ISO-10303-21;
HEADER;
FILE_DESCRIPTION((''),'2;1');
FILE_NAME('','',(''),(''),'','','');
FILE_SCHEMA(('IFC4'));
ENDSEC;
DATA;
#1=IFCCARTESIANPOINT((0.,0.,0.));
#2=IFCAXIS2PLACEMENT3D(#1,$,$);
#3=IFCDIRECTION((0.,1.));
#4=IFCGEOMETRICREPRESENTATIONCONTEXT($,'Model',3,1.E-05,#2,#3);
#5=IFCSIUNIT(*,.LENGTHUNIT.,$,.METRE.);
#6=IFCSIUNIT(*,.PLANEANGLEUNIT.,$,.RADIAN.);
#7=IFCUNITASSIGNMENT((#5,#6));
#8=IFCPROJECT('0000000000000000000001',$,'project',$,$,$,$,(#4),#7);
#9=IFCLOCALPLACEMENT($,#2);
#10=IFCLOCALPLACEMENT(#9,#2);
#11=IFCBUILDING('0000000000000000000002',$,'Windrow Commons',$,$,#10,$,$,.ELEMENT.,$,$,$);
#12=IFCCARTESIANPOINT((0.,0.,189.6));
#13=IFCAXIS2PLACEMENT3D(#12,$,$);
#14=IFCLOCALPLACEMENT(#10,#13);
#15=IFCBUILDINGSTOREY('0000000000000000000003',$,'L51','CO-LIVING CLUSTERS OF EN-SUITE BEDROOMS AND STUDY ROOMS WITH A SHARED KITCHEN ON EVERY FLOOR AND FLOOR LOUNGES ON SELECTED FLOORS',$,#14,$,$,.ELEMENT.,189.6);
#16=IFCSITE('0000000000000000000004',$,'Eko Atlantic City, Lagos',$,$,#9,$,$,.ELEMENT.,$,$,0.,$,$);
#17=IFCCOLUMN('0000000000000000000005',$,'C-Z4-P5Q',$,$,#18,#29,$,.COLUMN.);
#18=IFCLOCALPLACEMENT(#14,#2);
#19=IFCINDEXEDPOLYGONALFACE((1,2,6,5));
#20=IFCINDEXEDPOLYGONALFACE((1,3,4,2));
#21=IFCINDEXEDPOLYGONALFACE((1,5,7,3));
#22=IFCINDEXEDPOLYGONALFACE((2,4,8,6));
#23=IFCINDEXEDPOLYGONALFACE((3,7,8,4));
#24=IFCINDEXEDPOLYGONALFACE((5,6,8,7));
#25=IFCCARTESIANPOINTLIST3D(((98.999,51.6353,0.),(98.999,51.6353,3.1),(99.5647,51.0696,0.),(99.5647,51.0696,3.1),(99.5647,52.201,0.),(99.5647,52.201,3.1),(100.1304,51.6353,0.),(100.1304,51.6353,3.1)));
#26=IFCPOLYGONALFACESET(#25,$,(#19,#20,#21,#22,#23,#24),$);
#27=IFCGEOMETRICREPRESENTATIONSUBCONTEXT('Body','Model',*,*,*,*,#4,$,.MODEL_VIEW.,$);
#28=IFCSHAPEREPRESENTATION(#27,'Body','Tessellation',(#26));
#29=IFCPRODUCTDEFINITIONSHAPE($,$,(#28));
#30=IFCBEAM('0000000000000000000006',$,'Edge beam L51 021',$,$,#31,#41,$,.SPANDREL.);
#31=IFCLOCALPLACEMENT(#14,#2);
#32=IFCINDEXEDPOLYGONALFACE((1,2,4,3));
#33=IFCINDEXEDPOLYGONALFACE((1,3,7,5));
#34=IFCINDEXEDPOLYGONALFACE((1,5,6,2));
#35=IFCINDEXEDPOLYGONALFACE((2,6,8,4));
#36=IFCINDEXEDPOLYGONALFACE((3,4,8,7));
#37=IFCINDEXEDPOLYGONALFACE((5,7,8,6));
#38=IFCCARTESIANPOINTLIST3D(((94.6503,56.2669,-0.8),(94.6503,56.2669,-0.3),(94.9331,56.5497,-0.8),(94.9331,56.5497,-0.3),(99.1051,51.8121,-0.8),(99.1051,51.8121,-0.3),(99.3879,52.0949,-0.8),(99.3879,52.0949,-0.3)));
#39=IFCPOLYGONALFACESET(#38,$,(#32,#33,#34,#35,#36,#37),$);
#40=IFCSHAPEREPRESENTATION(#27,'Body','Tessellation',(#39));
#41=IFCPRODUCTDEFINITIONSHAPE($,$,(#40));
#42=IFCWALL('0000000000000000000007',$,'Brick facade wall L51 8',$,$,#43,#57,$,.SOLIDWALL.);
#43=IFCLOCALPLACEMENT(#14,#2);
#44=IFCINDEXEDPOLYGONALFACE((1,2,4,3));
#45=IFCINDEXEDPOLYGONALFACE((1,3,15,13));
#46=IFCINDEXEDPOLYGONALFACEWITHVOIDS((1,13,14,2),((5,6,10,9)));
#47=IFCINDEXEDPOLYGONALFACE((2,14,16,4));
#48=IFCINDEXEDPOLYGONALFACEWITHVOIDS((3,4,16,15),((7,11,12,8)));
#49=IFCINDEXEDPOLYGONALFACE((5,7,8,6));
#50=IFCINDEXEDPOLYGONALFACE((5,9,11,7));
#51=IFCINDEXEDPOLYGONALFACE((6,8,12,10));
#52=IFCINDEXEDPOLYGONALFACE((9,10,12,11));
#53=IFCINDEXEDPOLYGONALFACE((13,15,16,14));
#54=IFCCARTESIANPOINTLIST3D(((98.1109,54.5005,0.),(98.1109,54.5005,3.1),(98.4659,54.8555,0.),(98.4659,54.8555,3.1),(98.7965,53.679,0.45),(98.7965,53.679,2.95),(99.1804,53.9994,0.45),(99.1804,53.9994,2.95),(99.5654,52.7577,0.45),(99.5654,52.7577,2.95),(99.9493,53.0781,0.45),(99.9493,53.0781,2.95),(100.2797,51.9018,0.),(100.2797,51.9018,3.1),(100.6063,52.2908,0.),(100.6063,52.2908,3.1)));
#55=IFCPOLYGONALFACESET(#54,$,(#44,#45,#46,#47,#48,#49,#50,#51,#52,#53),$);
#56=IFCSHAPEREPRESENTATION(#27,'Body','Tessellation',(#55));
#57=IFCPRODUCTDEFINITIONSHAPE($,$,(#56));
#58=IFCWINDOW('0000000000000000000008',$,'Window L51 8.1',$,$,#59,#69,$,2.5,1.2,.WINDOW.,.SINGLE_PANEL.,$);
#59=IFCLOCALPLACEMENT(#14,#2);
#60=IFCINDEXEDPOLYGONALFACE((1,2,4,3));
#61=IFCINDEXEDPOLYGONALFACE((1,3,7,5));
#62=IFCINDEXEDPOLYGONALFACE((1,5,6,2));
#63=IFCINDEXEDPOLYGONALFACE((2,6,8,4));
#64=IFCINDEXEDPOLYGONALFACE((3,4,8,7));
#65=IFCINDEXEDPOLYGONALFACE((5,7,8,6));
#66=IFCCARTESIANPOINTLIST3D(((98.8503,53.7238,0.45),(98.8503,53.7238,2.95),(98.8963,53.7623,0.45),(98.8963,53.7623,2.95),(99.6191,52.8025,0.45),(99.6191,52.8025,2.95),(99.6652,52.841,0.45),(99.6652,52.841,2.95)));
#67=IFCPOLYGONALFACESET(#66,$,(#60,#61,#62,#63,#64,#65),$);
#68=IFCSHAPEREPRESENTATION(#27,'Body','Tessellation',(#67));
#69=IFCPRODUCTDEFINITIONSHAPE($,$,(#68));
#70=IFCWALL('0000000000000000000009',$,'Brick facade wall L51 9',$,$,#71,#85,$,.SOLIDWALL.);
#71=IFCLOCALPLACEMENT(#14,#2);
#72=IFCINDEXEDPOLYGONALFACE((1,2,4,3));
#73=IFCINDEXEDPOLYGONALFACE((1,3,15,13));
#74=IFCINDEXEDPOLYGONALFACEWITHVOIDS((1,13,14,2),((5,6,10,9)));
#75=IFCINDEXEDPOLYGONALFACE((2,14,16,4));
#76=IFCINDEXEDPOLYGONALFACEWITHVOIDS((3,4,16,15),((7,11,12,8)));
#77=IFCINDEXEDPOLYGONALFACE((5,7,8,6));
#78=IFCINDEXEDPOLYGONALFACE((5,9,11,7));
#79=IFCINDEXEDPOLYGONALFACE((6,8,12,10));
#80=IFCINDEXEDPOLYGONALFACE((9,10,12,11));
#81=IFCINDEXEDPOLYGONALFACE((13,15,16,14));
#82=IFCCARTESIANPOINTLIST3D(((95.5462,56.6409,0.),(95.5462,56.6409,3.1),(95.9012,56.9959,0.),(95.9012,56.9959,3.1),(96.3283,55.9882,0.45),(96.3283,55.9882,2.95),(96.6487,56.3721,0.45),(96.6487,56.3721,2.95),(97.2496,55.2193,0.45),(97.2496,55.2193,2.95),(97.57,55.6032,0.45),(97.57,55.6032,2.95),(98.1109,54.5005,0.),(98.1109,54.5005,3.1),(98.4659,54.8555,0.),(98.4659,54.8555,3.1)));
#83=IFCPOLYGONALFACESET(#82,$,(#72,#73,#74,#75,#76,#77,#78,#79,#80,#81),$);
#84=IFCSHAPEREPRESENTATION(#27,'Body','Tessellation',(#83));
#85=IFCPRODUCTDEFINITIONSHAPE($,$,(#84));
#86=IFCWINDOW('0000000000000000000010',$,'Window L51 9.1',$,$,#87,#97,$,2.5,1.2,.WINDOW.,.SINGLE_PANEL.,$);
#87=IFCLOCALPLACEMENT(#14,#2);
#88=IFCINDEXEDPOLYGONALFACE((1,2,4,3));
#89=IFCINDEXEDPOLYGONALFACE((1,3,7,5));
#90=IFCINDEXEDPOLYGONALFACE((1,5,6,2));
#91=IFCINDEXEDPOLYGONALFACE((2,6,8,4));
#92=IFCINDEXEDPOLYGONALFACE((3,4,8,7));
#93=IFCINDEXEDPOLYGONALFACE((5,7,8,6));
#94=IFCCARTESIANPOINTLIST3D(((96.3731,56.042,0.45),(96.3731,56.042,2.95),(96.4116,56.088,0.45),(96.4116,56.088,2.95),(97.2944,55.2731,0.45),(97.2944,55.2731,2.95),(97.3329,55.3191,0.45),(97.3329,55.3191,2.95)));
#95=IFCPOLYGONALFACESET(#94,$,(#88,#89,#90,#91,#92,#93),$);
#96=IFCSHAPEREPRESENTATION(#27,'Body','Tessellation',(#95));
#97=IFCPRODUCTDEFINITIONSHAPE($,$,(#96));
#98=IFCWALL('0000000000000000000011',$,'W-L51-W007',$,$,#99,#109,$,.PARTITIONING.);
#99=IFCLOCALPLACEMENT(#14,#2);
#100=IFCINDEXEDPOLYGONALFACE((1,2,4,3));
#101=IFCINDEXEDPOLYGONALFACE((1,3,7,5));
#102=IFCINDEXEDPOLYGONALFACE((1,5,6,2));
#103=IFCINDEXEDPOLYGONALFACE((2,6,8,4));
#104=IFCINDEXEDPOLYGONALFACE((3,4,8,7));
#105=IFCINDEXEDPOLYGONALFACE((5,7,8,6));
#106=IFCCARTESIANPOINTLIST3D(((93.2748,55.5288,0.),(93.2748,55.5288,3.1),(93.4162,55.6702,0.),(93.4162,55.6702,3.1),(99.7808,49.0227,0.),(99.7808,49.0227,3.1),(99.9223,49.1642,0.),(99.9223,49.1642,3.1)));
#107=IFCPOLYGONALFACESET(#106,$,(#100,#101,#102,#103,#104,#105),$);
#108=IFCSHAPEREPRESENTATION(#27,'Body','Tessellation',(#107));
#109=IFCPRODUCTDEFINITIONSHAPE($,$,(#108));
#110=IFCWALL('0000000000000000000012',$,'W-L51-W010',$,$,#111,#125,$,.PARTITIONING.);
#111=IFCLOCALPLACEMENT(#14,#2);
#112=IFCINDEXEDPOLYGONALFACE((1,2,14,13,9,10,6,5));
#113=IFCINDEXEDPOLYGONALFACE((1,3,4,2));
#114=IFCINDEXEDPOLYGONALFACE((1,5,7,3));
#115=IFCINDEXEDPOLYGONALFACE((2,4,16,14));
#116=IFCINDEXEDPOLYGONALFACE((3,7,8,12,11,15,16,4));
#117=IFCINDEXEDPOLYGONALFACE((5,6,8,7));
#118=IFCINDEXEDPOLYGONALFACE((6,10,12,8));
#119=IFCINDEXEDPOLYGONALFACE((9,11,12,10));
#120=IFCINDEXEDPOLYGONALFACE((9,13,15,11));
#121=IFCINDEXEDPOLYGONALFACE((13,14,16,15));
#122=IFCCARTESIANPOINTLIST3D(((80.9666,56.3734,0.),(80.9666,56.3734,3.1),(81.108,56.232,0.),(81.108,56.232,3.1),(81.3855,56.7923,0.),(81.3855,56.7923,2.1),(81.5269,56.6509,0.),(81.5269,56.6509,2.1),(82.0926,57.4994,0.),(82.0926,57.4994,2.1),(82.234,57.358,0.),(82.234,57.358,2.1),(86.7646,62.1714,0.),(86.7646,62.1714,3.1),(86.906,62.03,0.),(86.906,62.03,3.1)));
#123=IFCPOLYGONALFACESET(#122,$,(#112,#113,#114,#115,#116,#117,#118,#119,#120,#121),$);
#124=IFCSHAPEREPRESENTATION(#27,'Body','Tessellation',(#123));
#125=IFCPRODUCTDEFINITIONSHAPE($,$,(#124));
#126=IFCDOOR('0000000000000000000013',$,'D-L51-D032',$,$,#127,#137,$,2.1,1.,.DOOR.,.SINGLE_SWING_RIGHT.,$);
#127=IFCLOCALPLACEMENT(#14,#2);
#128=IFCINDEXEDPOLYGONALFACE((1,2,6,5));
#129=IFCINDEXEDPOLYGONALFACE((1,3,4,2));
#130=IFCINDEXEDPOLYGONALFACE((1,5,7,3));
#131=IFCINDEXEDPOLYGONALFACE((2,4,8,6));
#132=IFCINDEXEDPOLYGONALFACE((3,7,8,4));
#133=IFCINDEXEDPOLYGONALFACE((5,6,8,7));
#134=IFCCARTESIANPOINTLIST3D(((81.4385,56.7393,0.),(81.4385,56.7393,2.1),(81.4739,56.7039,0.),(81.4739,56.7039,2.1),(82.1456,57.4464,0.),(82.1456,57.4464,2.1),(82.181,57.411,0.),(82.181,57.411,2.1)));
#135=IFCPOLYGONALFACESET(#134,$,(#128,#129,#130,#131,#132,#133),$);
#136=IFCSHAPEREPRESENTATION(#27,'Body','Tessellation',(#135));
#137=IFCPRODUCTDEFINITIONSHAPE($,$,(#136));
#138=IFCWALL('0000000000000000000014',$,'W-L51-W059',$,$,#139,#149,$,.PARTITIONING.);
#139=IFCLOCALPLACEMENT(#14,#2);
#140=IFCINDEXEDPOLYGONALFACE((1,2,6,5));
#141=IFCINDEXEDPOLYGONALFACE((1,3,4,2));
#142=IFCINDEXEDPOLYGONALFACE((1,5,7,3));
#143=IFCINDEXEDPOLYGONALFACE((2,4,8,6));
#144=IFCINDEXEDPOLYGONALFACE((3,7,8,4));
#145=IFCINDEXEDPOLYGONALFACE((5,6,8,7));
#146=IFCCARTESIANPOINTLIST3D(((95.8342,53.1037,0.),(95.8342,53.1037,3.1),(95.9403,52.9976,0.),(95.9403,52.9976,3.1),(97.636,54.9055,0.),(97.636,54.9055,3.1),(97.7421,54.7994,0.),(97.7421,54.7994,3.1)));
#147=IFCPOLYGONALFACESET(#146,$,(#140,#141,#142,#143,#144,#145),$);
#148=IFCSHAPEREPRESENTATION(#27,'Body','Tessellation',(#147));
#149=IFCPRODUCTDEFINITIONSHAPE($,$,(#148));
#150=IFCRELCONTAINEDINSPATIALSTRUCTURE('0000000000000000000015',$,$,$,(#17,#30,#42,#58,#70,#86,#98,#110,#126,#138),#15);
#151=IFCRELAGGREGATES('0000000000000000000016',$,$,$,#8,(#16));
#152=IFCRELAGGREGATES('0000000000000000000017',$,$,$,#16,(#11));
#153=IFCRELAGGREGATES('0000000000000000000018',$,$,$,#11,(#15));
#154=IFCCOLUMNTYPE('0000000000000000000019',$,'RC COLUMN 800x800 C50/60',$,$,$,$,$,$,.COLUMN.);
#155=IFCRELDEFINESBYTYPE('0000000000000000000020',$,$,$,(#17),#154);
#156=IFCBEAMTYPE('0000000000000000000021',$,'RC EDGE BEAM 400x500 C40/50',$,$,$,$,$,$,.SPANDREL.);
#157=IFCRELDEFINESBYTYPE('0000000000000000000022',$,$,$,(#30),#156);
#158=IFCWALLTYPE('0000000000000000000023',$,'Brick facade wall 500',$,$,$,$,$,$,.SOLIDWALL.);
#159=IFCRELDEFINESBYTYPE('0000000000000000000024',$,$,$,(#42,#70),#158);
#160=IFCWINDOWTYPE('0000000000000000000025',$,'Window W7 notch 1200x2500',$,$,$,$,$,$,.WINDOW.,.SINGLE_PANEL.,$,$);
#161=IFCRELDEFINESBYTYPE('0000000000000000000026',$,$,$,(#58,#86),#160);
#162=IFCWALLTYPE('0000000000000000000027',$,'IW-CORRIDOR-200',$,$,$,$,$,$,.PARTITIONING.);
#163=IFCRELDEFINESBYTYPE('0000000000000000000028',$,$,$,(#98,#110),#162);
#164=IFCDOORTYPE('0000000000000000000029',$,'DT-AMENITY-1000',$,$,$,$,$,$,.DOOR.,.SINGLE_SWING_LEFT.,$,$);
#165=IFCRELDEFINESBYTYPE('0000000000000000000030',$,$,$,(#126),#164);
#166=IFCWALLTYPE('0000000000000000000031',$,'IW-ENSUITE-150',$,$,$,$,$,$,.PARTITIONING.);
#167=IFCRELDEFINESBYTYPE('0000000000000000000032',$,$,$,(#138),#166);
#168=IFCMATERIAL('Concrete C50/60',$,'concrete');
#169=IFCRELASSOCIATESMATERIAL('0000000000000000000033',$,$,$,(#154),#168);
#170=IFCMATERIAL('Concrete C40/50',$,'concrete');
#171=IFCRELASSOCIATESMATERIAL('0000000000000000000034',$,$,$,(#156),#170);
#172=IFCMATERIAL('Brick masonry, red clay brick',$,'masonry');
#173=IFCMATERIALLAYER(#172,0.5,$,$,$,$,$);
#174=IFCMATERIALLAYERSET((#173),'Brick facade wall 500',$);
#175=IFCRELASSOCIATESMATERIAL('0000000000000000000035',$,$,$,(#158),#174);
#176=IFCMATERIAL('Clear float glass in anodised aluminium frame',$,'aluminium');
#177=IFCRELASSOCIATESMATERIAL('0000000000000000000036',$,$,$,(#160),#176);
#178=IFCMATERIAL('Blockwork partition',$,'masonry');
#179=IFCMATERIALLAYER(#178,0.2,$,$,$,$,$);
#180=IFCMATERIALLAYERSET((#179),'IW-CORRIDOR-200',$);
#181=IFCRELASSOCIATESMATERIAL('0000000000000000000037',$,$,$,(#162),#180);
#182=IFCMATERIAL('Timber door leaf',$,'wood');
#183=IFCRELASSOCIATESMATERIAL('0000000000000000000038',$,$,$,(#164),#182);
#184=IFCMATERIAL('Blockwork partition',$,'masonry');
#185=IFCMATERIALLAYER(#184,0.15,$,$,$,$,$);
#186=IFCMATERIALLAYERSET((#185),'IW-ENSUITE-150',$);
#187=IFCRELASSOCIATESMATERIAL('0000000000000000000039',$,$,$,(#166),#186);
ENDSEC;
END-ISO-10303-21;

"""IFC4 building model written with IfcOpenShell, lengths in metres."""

from ifc_helpers import new_model, si_unit, direction, frame, frame_2d, origin, origin_2d, place, context, subcontext, project, spatial, polyline, rectangle, outline, extrude, material, layer, layer_set, material_profile, profile_set, type_object, element, fill, save


model = new_model("IFC4")

# Units and contexts
model_context = context("Model", 3, precision=1e-05, world=origin(), true_north=direction((0.0, 1.0)))
body_context = subcontext(model_context, "Body", "Model", "MODEL_VIEW")
ifc_project = project(units=[si_unit("LENGTHUNIT", "METRE"), si_unit("PLANEANGLEUNIT", "RADIAN")], contexts=[model_context])

# Site, building, storey
site_placement = place(None, origin())
site = spatial("IfcSite", under=ifc_project, at=site_placement, Name="Eko Atlantic City, Lagos", CompositionType="ELEMENT", RefElevation=0.0)
building_placement = place(site_placement, origin())
building = spatial("IfcBuilding", under=site, at=building_placement, Name="Windrow Commons", CompositionType="ELEMENT")
storey_placement = place(building_placement, frame((0.0, 0.0, 189.6)))
storey = spatial("IfcBuildingStorey", under=building, at=storey_placement, Name="L51", Description="CO-LIVING CLUSTERS OF EN-SUITE BEDROOMS AND STUDY ROOMS WITH A SHARED KITCHEN ON EVERY FLOOR AND FLOOR LOUNGES ON SELECTED FLOORS", CompositionType="ELEMENT", Elevation=189.6)

# Column
ifc_material_1 = material(Name="Concrete C50/60", Category="concrete")
ifc_material_profile_1 = material_profile(ifc_material_1, rectangle(XDim=0.8, YDim=0.8, at=origin_2d()))
ifc_profile_set_1 = profile_set([ifc_material_profile_1], Name="Concrete C50/60")
column_type = type_object("IfcColumnType", Name="RC COLUMN 800x800 C50/60", PredefinedType="COLUMN", material=ifc_profile_set_1)
column_placement = place(storey_placement, frame((99.5647, 51.6353, 0.0), z_axis=(0.0, 0.0, 1.0), x_axis=(0.707107, -0.707107, 0.0)))
element("IfcColumn", 1, at=column_placement, inside=storey, type_object=column_type, Name="C-Z4-P5Q", PredefinedType="COLUMN", context=body_context, shape_type="SweptSolid", body=[
    extrude(rectangle(XDim=0.8, YDim=0.8, at=origin_2d()), origin(), (0.0, 0.0, 1.0), 3.1),
])

# Beam
ifc_material_2 = material(Name="Concrete C40/50", Category="concrete")
ifc_material_profile_2 = material_profile(ifc_material_2, rectangle(XDim=0.4, YDim=0.5, at=origin_2d()))
ifc_profile_set_2 = profile_set([ifc_material_profile_2], Name="Concrete C40/50")
beam_type = type_object("IfcBeamType", Name="RC EDGE BEAM 400x500 C40/50", PredefinedType="SPANDREL", material=ifc_profile_set_2)
beam_placement = place(storey_placement, frame((94.7917, 56.4083, -0.55), z_axis=(0.707107, -0.707107, 0.0), x_axis=(0.707107, 0.707107, 0.0)))
element("IfcBeam", 2, at=beam_placement, inside=storey, type_object=beam_type, Name="Edge beam L51 021", PredefinedType="SPANDREL", context=body_context, shape_type="SweptSolid", body=[
    extrude(rectangle(XDim=0.4, YDim=0.5, at=origin_2d()), origin(), (0.0, 0.0, 1.0), 6.3),
])

# Walls, openings, windows
ifc_material_3 = material(Name="Brick masonry, red clay brick", Category="masonry")
ifc_layer_1 = layer(ifc_material_3, 0.5)
ifc_layer_set_1 = layer_set([ifc_layer_1], Name="Brick facade wall 500")
wall_type_1 = type_object("IfcWallType", Name="Brick facade wall 500", PredefinedType="SOLIDWALL", material=ifc_layer_set_1)
wall_1_placement = place(storey_placement, frame((100.443, 52.0963, 0.0), z_axis=(0.0, 0.0, 1.0), x_axis=(-0.640743, 0.767756, 0.0)))
wall_1 = element("IfcWall", 3, at=wall_1_placement, inside=storey, type_object=wall_type_1, Name="Brick facade wall L51 8", PredefinedType="SOLIDWALL", context=body_context, shape_type="SweptSolid", body=[
    extrude(outline(polyline([(0.0447, -0.25), (3.3852, -0.25), (3.3401, 0.25), (-0.0447, 0.25), (0.0447, -0.25)])), origin(), (0.0, 0.0, 1.0), 3.1),
])
opening_1_placement = place(wall_1_placement, frame((1.0701, 0.0, 0.45)))
opening_1 = element("IfcOpeningElement", 4, at=opening_1_placement, cuts=wall_1, PredefinedType="OPENING", context=body_context, shape_type="SweptSolid", body=[
    extrude(rectangle(XDim=1.2, YDim=2.5, at=frame_2d((0.6, 1.25))), frame((0.0, 0.26, 0.0), z_axis=(0.0, -1.0, 0.0), x_axis=(1.0, 0.0, 0.0)), (0.0, 0.0, 1.0), 0.52),
])
ifc_material_4 = material(Name="Clear float glass in anodised aluminium frame", Category="aluminium")
window_type = type_object("IfcWindowType", Name="Window W7 notch 1200x2500", PartitioningType="SINGLE_PANEL", PredefinedType="WINDOW", material=ifc_material_4)
window_1_placement = place(opening_1_placement, origin())
window_1 = element("IfcWindow", 5, at=window_1_placement, inside=storey, type_object=window_type, Name="Window L51 8.1", OverallHeight=2.5, OverallWidth=1.2, PartitioningType="SINGLE_PANEL", PredefinedType="WINDOW", context=body_context, shape_type="SweptSolid", body=[
    extrude(rectangle(XDim=1.2, YDim=2.5, at=frame_2d((0.6, 1.25))), frame((0.0, 0.18, 0.0), z_axis=(0.0, -1.0, 0.0), x_axis=(1.0, 0.0, 0.0)), (0.0, 0.0, 1.0), 0.06),
])
fill(opening_1, window_1)
wall_2_placement = place(storey_placement, frame((98.2884, 54.678, 0.0), z_axis=(0.0, 0.0, 1.0), x_axis=(-0.767757, 0.640741, 0.0)))
wall_2 = element("IfcWall", 6, at=wall_2_placement, inside=storey, type_object=wall_type_1, Name="Brick facade wall L51 9", PredefinedType="SOLIDWALL", context=body_context, shape_type="SweptSolid", body=[
    extrude(outline(polyline([(-0.0225, -0.25), (3.3179, -0.25), (3.363, 0.25), (0.0225, 0.25), (-0.0225, -0.25)])), origin(), (0.0, 0.0, 1.0), 3.1),
])
opening_2_placement = place(wall_2_placement, frame((1.1444, 0.0, 0.45)))
opening_2 = element("IfcOpeningElement", 7, at=opening_2_placement, cuts=wall_2, PredefinedType="OPENING", context=body_context, shape_type="SweptSolid", body=[
    extrude(rectangle(XDim=1.2, YDim=2.5, at=frame_2d((0.6, 1.25))), frame((0.0, 0.26, 0.0), z_axis=(0.0, -1.0, 0.0), x_axis=(1.0, 0.0, 0.0)), (0.0, 0.0, 1.0), 0.52),
])
window_2_placement = place(opening_2_placement, origin())
window_2 = element("IfcWindow", 8, at=window_2_placement, inside=storey, type_object=window_type, Name="Window L51 9.1", OverallHeight=2.5, OverallWidth=1.2, PartitioningType="SINGLE_PANEL", PredefinedType="WINDOW", context=body_context, shape_type="SweptSolid", body=[
    extrude(rectangle(XDim=1.2, YDim=2.5, at=frame_2d((0.6, 1.25))), frame((0.0, 0.18, 0.0), z_axis=(0.0, -1.0, 0.0), x_axis=(1.0, 0.0, 0.0)), (0.0, 0.0, 1.0), 0.06),
])
fill(opening_2, window_2)

# Wall
ifc_material_5 = material(Name="Blockwork partition", Category="masonry")
ifc_layer_2 = layer(ifc_material_5, 0.2)
ifc_layer_set_2 = layer_set([ifc_layer_2], Name="IW-CORRIDOR-200")
wall_type_2 = type_object("IfcWallType", Name="IW-CORRIDOR-200", PredefinedType="PARTITIONING", material=ifc_layer_set_2)
wall_3_placement = place(storey_placement, frame((93.3455, 55.5995, 0.0), z_axis=(0.0, 0.0, 1.0), x_axis=(0.707107, -0.707107, 0.0)))
element("IfcWall", 9, at=wall_3_placement, inside=storey, type_object=wall_type_2, Name="W-L51-W007", PredefinedType="PARTITIONING", context=body_context, shape_type="SweptSolid", body=[
    extrude(rectangle(XDim=9.2009, YDim=0.2, at=frame_2d((4.6005, 0.0))), origin(), (0.0, 0.0, 1.0), 3.1),
])

# Wall, opening, door
wall_4_placement = place(storey_placement, frame((81.0373, 56.3027, 0.0), z_axis=(0.0, 0.0, 1.0), x_axis=(0.707107, 0.707107, 0.0)))
wall_4 = element("IfcWall", 10, at=wall_4_placement, inside=storey, type_object=wall_type_2, Name="W-L51-W010", PredefinedType="PARTITIONING", context=body_context, shape_type="SweptSolid", body=[
    extrude(rectangle(XDim=8.1996, YDim=0.2, at=frame_2d((4.0998, 0.0))), origin(), (0.0, 0.0, 1.0), 3.1),
])
opening_3_placement = place(wall_4_placement, frame((0.5924, 0.0, 0.0)))
opening_3 = element("IfcOpeningElement", 11, at=opening_3_placement, cuts=wall_4, PredefinedType="OPENING", context=body_context, shape_type="SweptSolid", body=[
    extrude(rectangle(XDim=1.0, YDim=2.1, at=frame_2d((0.5, 1.05))), frame((0.0, 0.11, 0.0), z_axis=(0.0, -1.0, 0.0), x_axis=(1.0, 0.0, 0.0)), (0.0, 0.0, 1.0), 0.22),
])
ifc_material_6 = material(Name="Timber door leaf", Category="wood")
door_type_1 = type_object("IfcDoorType", Name="DT-AMENITY-1000", OperationType="SINGLE_SWING_LEFT", PredefinedType="DOOR", material=ifc_material_6)
door_1_placement = place(opening_3_placement, origin())
door_1 = element("IfcDoor", 12, at=door_1_placement, inside=storey, type_object=door_type_1, Name="D-L51-D032", OperationType="SINGLE_SWING_RIGHT", OverallHeight=2.1, OverallWidth=1.0, PredefinedType="DOOR", context=body_context, shape_type="SweptSolid", body=[
    extrude(rectangle(XDim=1.0, YDim=2.1, at=frame_2d((0.5, 1.05))), frame((0.0, 0.025, 0.0), z_axis=(0.0, -1.0, 0.0), x_axis=(1.0, 0.0, 0.0)), (0.0, 0.0, 1.0), 0.05),
])
fill(opening_3, door_1)

# Wall
ifc_material_7 = material(Name="Blockwork partition", Category="masonry")
ifc_layer_3 = layer(ifc_material_7, 0.15)
ifc_layer_set_3 = layer_set([ifc_layer_3], Name="IW-ENSUITE-150")
wall_type_3 = type_object("IfcWallType", Name="IW-ENSUITE-150", PredefinedType="PARTITIONING", material=ifc_layer_set_3)
wall_5_placement = place(storey_placement, frame((95.8873, 53.0507, 0.0), z_axis=(0.0, 0.0, 1.0), x_axis=(0.707107, 0.707107, 0.0)))
element("IfcWall", 13, at=wall_5_placement, inside=storey, type_object=wall_type_3, Name="W-L51-W059", PredefinedType="PARTITIONING", context=body_context, shape_type="SweptSolid", body=[
    extrude(rectangle(XDim=2.5481, YDim=0.15, at=frame_2d((1.274, 0.0))), origin(), (0.0, 0.0, 1.0), 3.1),
])

save(model, "model.ifc")
